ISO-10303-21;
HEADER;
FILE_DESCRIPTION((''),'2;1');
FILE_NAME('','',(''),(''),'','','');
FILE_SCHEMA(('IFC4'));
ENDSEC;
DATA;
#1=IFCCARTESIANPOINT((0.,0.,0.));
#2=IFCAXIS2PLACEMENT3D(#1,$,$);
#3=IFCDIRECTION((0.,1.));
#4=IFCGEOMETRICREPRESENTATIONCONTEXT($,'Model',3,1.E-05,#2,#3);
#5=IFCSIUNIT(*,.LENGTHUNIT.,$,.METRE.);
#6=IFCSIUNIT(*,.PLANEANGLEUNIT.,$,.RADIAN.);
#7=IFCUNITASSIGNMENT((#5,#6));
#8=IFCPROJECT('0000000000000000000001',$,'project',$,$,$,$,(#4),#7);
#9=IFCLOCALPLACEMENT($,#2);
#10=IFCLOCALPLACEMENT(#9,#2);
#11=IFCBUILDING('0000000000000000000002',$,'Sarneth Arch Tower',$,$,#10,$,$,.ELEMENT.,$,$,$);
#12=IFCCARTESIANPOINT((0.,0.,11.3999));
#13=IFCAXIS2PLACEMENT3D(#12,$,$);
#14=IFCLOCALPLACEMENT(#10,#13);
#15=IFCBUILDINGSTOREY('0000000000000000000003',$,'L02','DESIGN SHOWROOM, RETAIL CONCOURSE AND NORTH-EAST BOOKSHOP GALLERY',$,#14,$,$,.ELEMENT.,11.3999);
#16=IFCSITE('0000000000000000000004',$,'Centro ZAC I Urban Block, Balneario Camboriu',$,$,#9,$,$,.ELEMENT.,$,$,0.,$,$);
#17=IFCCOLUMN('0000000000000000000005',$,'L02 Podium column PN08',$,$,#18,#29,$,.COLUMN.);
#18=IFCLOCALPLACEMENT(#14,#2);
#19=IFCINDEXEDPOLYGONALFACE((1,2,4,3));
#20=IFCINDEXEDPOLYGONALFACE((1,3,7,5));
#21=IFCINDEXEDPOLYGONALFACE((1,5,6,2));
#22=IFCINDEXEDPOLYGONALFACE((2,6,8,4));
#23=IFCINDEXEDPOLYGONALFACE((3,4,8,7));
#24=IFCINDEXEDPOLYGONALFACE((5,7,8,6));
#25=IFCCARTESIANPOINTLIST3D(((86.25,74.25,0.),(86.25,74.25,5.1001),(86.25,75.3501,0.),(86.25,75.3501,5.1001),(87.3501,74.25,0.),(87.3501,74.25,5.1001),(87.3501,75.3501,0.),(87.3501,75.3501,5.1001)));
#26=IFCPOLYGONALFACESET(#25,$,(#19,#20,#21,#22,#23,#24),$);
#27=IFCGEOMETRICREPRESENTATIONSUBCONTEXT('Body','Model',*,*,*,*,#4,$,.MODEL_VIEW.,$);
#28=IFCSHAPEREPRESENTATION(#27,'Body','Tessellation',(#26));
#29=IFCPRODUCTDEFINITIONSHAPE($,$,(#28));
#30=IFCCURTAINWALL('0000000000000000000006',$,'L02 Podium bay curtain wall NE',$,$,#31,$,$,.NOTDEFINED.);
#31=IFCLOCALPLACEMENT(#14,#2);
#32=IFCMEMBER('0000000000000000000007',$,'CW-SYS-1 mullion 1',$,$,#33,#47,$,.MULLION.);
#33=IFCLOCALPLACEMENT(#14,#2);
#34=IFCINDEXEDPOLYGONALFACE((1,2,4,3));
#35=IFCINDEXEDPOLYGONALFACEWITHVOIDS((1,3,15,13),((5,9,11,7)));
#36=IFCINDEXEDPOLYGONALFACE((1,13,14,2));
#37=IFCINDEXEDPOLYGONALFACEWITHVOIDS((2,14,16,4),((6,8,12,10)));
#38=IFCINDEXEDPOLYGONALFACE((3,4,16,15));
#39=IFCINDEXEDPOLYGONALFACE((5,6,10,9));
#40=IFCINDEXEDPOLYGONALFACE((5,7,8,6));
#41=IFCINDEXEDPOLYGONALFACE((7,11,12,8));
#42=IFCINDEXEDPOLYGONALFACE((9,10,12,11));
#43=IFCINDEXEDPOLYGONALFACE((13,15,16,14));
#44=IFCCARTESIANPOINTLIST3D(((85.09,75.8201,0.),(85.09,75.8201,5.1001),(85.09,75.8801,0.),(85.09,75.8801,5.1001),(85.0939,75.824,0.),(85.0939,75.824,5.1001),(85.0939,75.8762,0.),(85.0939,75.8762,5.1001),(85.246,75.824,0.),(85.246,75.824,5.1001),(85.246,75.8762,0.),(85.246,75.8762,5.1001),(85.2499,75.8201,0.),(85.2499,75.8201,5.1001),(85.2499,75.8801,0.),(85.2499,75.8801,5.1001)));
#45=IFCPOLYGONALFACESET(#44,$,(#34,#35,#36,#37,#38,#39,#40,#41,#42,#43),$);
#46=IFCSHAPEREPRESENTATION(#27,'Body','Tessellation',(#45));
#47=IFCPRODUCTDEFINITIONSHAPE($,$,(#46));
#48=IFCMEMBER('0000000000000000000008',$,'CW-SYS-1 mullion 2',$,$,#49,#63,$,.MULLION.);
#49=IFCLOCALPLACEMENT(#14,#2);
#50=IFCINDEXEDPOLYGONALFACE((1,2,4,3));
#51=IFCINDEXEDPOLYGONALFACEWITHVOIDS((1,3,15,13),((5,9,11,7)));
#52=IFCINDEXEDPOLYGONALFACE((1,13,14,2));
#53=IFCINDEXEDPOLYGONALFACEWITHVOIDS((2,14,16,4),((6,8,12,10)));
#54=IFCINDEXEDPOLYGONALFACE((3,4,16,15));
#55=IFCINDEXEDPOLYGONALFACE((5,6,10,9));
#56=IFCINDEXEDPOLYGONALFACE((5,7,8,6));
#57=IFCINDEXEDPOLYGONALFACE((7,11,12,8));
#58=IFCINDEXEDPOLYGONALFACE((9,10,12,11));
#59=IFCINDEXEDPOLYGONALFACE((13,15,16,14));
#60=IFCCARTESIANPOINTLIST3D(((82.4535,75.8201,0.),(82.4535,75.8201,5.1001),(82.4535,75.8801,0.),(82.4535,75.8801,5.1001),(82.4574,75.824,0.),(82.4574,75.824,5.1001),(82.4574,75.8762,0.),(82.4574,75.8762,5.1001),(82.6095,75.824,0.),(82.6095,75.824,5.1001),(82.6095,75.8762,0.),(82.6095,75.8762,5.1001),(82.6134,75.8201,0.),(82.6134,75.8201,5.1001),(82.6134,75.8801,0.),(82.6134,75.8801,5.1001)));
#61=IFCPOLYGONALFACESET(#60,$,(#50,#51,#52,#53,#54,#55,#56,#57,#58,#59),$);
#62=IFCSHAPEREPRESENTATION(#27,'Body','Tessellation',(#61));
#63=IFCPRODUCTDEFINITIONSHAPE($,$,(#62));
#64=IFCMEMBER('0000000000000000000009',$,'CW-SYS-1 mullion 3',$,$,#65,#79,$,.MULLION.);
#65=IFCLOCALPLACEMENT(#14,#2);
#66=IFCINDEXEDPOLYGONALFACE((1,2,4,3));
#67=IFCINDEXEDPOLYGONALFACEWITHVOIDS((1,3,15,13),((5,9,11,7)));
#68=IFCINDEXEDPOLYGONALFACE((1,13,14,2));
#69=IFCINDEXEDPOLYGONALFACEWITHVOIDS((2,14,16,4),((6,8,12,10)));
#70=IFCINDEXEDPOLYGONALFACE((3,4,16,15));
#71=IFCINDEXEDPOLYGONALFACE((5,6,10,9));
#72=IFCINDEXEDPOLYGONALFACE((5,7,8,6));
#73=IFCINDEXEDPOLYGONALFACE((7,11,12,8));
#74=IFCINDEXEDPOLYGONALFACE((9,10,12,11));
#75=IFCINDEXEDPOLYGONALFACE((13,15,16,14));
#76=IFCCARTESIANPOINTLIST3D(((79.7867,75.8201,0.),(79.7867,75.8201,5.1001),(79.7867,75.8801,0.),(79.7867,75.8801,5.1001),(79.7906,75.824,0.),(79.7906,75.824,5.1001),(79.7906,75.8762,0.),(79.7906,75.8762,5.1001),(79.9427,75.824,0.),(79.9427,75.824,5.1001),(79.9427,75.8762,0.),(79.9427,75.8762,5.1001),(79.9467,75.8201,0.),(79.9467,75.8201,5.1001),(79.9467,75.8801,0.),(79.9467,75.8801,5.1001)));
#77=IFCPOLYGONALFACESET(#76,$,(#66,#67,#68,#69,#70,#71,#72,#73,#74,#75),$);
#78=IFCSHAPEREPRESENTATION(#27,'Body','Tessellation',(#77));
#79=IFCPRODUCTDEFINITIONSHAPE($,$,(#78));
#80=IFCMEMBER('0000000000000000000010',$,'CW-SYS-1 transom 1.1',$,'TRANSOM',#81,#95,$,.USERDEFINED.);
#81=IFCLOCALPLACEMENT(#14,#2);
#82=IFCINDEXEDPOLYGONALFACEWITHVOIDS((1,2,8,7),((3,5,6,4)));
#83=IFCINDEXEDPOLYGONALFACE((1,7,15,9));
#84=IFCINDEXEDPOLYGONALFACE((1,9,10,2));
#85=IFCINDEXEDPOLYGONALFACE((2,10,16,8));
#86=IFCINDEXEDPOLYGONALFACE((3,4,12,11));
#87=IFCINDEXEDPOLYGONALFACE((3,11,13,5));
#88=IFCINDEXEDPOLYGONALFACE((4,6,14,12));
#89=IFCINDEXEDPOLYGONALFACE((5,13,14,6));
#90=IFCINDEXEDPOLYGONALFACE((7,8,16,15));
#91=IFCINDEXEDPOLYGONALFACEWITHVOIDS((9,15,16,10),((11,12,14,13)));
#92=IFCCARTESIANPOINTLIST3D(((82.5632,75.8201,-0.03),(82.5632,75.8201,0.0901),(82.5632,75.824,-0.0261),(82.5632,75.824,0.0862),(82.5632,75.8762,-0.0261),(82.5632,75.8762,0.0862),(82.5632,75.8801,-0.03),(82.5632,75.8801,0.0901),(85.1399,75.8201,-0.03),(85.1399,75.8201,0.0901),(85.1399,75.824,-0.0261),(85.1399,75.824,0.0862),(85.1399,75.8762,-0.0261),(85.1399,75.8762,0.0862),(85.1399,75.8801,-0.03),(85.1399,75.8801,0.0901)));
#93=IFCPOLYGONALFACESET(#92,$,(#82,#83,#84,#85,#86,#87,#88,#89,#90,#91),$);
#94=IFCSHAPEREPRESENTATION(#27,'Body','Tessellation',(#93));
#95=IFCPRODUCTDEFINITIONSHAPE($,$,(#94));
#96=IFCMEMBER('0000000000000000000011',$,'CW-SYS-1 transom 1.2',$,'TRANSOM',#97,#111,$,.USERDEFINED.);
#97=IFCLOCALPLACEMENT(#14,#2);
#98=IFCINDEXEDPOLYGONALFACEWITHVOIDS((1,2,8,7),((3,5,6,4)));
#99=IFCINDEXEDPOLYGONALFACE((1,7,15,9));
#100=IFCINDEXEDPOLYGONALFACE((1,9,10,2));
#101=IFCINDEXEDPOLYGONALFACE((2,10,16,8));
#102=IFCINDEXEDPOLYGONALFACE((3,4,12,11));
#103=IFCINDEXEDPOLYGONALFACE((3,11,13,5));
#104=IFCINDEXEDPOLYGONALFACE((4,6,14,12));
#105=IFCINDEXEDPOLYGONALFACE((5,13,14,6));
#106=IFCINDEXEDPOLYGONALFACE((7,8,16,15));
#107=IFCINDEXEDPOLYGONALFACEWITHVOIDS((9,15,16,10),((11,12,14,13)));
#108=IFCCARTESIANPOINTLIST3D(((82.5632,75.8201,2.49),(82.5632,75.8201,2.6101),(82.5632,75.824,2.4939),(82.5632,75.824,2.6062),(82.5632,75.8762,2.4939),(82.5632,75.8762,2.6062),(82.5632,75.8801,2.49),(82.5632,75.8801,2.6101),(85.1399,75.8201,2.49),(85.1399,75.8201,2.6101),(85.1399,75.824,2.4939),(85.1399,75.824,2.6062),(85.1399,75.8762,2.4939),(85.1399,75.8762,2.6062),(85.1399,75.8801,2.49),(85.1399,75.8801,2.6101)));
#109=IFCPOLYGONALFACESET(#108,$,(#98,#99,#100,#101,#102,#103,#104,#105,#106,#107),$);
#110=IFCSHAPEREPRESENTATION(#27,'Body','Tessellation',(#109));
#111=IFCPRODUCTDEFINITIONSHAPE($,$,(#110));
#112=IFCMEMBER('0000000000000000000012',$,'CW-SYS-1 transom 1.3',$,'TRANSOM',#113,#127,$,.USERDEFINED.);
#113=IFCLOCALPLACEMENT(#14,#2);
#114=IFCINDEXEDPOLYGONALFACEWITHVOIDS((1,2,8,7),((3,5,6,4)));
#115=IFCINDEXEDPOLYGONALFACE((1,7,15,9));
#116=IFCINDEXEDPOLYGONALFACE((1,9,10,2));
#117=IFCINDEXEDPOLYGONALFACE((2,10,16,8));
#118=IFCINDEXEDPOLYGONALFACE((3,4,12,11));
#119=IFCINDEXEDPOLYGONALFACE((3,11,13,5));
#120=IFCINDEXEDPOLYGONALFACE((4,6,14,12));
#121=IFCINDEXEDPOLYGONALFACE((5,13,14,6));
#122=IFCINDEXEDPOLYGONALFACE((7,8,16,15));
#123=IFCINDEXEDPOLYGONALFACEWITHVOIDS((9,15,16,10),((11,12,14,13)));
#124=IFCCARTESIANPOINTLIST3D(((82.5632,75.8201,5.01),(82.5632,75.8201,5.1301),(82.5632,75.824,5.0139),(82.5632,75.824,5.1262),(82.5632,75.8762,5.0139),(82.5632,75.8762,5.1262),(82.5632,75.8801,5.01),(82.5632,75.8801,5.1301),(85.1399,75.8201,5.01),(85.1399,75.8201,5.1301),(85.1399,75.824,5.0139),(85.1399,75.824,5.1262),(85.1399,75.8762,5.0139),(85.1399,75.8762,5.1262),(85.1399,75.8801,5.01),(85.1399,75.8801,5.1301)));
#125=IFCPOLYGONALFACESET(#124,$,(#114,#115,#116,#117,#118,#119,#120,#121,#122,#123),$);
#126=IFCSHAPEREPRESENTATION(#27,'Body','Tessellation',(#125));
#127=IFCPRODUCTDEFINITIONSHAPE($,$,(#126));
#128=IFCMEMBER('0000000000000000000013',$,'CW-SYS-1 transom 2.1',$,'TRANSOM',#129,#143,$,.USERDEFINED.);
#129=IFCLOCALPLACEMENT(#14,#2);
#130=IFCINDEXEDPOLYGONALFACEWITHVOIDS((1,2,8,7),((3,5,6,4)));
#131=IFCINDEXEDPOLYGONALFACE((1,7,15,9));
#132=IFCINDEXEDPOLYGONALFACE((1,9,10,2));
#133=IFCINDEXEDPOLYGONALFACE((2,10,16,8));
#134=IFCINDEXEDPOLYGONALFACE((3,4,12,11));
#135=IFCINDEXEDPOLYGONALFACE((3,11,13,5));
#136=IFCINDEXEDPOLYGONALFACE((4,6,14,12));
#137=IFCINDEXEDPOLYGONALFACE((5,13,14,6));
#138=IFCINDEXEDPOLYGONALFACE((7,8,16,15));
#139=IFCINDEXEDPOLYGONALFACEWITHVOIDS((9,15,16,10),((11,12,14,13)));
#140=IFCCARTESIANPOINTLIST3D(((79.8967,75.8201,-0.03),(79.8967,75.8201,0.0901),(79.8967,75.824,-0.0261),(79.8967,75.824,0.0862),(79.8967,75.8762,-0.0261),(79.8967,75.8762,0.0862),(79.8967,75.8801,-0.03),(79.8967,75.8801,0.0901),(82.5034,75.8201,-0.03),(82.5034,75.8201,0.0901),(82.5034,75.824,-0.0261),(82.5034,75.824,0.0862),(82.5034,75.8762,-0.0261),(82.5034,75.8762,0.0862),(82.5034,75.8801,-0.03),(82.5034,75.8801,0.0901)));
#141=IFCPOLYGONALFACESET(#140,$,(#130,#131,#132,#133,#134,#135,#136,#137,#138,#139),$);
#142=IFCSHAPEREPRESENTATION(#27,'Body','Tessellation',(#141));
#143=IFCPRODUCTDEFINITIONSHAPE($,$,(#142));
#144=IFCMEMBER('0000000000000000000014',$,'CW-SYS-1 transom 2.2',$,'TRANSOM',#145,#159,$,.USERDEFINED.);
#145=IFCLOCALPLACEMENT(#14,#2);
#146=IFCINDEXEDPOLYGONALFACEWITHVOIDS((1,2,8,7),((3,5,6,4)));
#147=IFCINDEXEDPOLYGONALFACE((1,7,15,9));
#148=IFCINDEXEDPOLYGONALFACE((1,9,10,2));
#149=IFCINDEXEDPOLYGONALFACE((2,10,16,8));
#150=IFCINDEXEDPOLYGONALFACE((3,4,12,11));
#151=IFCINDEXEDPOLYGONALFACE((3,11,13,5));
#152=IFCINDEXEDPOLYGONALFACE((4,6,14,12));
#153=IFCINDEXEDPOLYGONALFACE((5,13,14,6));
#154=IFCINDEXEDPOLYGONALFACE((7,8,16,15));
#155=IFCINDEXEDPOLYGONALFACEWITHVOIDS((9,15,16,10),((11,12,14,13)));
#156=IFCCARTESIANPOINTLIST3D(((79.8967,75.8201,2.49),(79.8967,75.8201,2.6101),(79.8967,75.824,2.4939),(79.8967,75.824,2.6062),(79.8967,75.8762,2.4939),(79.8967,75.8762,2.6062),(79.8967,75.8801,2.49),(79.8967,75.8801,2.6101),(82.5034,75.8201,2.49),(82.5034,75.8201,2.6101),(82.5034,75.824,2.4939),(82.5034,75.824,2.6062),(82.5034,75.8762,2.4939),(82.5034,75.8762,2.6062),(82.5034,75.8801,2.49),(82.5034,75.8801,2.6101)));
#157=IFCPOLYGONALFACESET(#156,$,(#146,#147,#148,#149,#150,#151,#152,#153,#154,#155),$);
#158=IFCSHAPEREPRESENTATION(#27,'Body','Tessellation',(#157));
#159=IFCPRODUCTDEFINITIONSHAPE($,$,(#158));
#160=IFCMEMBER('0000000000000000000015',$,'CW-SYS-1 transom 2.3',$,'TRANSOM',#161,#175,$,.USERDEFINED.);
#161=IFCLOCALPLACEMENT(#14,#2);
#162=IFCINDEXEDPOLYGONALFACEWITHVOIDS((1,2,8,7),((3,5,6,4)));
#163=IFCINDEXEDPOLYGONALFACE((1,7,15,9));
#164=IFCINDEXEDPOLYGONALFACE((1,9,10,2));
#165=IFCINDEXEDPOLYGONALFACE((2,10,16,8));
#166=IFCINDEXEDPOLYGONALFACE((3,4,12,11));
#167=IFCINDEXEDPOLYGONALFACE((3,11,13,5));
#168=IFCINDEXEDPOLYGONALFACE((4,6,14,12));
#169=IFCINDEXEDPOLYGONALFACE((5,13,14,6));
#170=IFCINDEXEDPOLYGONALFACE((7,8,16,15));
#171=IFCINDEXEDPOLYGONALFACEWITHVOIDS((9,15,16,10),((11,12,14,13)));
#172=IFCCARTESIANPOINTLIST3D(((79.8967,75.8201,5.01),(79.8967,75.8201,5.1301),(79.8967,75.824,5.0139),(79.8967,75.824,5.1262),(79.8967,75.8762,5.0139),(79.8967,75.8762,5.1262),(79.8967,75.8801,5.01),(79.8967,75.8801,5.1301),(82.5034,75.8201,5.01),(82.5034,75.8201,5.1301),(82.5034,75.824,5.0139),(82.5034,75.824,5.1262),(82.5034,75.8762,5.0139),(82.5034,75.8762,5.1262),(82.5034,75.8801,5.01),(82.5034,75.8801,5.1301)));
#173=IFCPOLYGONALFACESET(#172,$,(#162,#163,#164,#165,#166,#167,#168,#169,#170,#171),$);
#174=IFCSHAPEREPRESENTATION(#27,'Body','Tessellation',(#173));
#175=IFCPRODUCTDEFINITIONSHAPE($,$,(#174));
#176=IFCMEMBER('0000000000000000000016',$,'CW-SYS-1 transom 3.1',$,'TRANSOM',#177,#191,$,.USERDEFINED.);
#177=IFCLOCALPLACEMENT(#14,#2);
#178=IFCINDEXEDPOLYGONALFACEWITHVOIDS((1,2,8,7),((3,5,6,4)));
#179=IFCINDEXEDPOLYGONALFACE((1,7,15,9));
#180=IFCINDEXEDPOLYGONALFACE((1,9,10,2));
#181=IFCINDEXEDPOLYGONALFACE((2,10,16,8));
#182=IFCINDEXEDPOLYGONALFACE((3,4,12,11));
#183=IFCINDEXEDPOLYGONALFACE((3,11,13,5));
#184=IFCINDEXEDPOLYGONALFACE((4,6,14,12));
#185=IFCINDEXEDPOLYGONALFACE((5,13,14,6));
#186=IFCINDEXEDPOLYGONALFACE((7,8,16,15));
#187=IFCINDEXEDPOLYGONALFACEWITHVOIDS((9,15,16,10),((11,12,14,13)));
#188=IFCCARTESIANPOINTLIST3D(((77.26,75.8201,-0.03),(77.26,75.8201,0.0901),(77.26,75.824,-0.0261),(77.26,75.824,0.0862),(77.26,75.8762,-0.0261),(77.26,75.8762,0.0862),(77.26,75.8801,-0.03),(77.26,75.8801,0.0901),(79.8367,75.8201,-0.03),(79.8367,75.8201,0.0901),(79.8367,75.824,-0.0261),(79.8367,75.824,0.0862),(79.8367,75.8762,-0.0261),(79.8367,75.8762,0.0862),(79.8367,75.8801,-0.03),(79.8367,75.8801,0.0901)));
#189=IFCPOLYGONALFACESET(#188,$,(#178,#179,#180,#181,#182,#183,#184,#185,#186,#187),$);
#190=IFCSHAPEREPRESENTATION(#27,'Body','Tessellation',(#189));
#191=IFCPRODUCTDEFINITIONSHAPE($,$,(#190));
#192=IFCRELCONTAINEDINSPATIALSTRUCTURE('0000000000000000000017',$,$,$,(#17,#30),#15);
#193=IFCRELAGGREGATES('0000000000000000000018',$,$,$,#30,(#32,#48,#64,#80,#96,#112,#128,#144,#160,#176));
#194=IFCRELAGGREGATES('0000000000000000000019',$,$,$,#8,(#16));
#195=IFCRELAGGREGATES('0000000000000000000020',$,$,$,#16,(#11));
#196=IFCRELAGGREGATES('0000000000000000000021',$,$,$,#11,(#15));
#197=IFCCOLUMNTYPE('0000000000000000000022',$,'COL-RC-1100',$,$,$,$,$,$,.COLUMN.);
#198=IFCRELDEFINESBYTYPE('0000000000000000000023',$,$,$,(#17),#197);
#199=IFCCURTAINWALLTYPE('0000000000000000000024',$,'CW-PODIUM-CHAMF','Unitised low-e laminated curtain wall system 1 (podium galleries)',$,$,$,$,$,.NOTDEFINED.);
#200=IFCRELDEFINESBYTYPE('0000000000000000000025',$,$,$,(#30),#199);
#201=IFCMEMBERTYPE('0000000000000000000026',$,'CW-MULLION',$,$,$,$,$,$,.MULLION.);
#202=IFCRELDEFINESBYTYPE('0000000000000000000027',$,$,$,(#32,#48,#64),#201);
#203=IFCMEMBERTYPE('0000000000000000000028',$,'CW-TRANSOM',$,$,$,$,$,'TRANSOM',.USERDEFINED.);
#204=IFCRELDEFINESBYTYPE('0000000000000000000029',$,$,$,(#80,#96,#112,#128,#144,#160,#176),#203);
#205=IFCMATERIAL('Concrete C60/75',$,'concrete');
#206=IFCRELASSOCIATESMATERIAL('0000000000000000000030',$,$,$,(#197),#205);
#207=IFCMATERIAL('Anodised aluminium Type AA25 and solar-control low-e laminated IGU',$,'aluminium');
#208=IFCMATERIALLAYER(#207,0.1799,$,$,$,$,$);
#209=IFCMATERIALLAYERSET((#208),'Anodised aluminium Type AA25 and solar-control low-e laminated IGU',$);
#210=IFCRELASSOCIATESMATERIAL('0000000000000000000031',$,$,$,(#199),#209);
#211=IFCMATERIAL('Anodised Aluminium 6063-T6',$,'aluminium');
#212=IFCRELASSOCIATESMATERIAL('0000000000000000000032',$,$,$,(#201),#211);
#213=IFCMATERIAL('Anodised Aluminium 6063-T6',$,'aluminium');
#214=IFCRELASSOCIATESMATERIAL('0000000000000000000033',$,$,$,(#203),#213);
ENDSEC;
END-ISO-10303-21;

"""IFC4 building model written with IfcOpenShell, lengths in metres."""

from ifc_helpers import new_model, si_unit, direction, frame, origin, origin_2d, place, context, subcontext, project, spatial, rectangle, hollow_rectangle, extrude, material, layer, layer_set, material_profile, profile_set, type_object, element, aggregate, save


model = new_model("IFC4")

# Units and contexts
model_context = context("Model", 3, precision=1e-05, world=origin(), true_north=direction((0.0, 1.0)))
body_context = subcontext(model_context, "Body", "Model", "MODEL_VIEW")
ifc_project = project(units=[si_unit("LENGTHUNIT", "METRE"), si_unit("PLANEANGLEUNIT", "RADIAN")], contexts=[model_context])

# Site, building, storey
site_placement = place(None, origin())
site = spatial("IfcSite", under=ifc_project, at=site_placement, Name="Centro ZAC I Urban Block, Balneario Camboriu", CompositionType="ELEMENT", RefElevation=0.0)
building_placement = place(site_placement, origin())
building = spatial("IfcBuilding", under=site, at=building_placement, Name="Sarneth Arch Tower", CompositionType="ELEMENT")
storey_placement = place(building_placement, frame((0.0, 0.0, 11.3999)))
storey = spatial("IfcBuildingStorey", under=building, at=storey_placement, Name="L02", Description="DESIGN SHOWROOM, RETAIL CONCOURSE AND NORTH-EAST BOOKSHOP GALLERY", CompositionType="ELEMENT", Elevation=11.3999)

# Column
ifc_material_1 = material(Name="Concrete C60/75", Category="concrete")
ifc_material_profile_1 = material_profile(ifc_material_1, rectangle(XDim=1.1001, YDim=1.1001, at=origin_2d()), Name="RC-1100x1100")
ifc_profile_set_1 = profile_set([ifc_material_profile_1], Name="Concrete C60/75")
column_type = type_object("IfcColumnType", Name="COL-RC-1100", PredefinedType="COLUMN", material=ifc_profile_set_1)
column_placement = place(storey_placement, frame((86.8, 74.8, 0.0), z_axis=(0.0, 0.0, 1.0), x_axis=(1.0, 0.0, 0.0)))
element("IfcColumn", 1, at=column_placement, inside=storey, type_object=column_type, Name="L02 Podium column PN08", PredefinedType="COLUMN", context=body_context, shape_type="SweptSolid", body=[
    extrude(rectangle(XDim=1.1001, YDim=1.1001, at=origin_2d()), origin(), (0.0, 0.0, 1.0), 5.1001),
])

# Curtain wall, members
ifc_material_2 = material(Name="Anodised aluminium Type AA25 and solar-control low-e laminated IGU", Category="aluminium")
ifc_layer_1 = layer(ifc_material_2, 0.1799)
ifc_layer_set_1 = layer_set([ifc_layer_1], Name="Anodised aluminium Type AA25 and solar-control low-e laminated IGU")
curtain_wall_type = type_object("IfcCurtainWallType", Name="CW-PODIUM-CHAMF", Description="Unitised low-e laminated curtain wall system 1 (podium galleries)", PredefinedType="NOTDEFINED", material=ifc_layer_set_1)
curtain_wall_placement = place(storey_placement, origin())
curtain_wall = element("IfcCurtainWall", 2, at=curtain_wall_placement, inside=storey, type_object=curtain_wall_type, Name="L02 Podium bay curtain wall NE", PredefinedType="NOTDEFINED")
ifc_material_3 = material(Name="Anodised Aluminium 6063-T6", Category="aluminium")
ifc_material_profile_2 = material_profile(ifc_material_3, hollow_rectangle(XDim=0.0601, YDim=0.1599, WallThickness=0.0039, at=origin_2d()), Name="AL-MULL-160x60x4")
ifc_profile_set_2 = profile_set([ifc_material_profile_2], Name="Anodised Aluminium 6063-T6")
member_type_1 = type_object("IfcMemberType", Name="CW-MULLION", PredefinedType="MULLION", material=ifc_profile_set_2)
member_1_placement = place(storey_placement, frame((85.1699, 75.8501, 0.0), z_axis=(0.0, 0.0, 1.0), x_axis=(0.0, -1.0, 0.0)))
member_1 = element("IfcMember", 3, at=member_1_placement, type_object=member_type_1, Name="CW-SYS-1 mullion 1", PredefinedType="MULLION", context=body_context, shape_type="SweptSolid", body=[
    extrude(hollow_rectangle(XDim=0.0601, YDim=0.1599, WallThickness=0.0039, at=origin_2d()), origin(), (0.0, 0.0, 1.0), 5.1001),
])
member_2_placement = place(storey_placement, frame((82.5334, 75.8501, 0.0), z_axis=(0.0, 0.0, 1.0), x_axis=(0.0, -1.0, 0.0)))
member_2 = element("IfcMember", 4, at=member_2_placement, type_object=member_type_1, Name="CW-SYS-1 mullion 2", PredefinedType="MULLION", context=body_context, shape_type="SweptSolid", body=[
    extrude(hollow_rectangle(XDim=0.0601, YDim=0.1599, WallThickness=0.0039, at=origin_2d()), origin(), (0.0, 0.0, 1.0), 5.1001),
])
member_3_placement = place(storey_placement, frame((79.8667, 75.8501, 0.0), z_axis=(0.0, 0.0, 1.0), x_axis=(0.0, -1.0, 0.0)))
member_3 = element("IfcMember", 5, at=member_3_placement, type_object=member_type_1, Name="CW-SYS-1 mullion 3", PredefinedType="MULLION", context=body_context, shape_type="SweptSolid", body=[
    extrude(hollow_rectangle(XDim=0.0601, YDim=0.1599, WallThickness=0.0039, at=origin_2d()), origin(), (0.0, 0.0, 1.0), 5.1001),
])
ifc_material_4 = material(Name="Anodised Aluminium 6063-T6", Category="aluminium")
ifc_material_profile_3 = material_profile(ifc_material_4, hollow_rectangle(XDim=0.0601, YDim=0.1201, WallThickness=0.0039, at=origin_2d()), Name="AL-TRAN-120x60x4")
ifc_profile_set_3 = profile_set([ifc_material_profile_3], Name="Anodised Aluminium 6063-T6")
member_type_2 = type_object("IfcMemberType", Name="CW-TRANSOM", ElementType="TRANSOM", PredefinedType="USERDEFINED", material=ifc_profile_set_3)
member_4_placement = place(storey_placement, frame((85.1399, 75.8501, 0.03), z_axis=(-1.0, 0.0, 0.0), x_axis=(0.0, -1.0, 0.0)))
member_4 = element("IfcMember", 6, at=member_4_placement, type_object=member_type_2, Name="CW-SYS-1 transom 1.1", ObjectType="TRANSOM", PredefinedType="USERDEFINED", context=body_context, shape_type="SweptSolid", body=[
    extrude(hollow_rectangle(XDim=0.0601, YDim=0.1201, WallThickness=0.0039, at=origin_2d()), origin(), (0.0, 0.0, 1.0), 2.5767),
])
member_5_placement = place(storey_placement, frame((85.1399, 75.8501, 2.55), z_axis=(-1.0, 0.0, 0.0), x_axis=(0.0, -1.0, 0.0)))
member_5 = element("IfcMember", 7, at=member_5_placement, type_object=member_type_2, Name="CW-SYS-1 transom 1.2", ObjectType="TRANSOM", PredefinedType="USERDEFINED", context=body_context, shape_type="SweptSolid", body=[
    extrude(hollow_rectangle(XDim=0.0601, YDim=0.1201, WallThickness=0.0039, at=origin_2d()), origin(), (0.0, 0.0, 1.0), 2.5767),
])
member_6_placement = place(storey_placement, frame((85.1399, 75.8501, 5.0701), z_axis=(-1.0, 0.0, 0.0), x_axis=(0.0, -1.0, 0.0)))
member_6 = element("IfcMember", 8, at=member_6_placement, type_object=member_type_2, Name="CW-SYS-1 transom 1.3", ObjectType="TRANSOM", PredefinedType="USERDEFINED", context=body_context, shape_type="SweptSolid", body=[
    extrude(hollow_rectangle(XDim=0.0601, YDim=0.1201, WallThickness=0.0039, at=origin_2d()), origin(), (0.0, 0.0, 1.0), 2.5767),
])
member_7_placement = place(storey_placement, frame((82.5034, 75.8501, 0.03), z_axis=(-1.0, 0.0, 0.0), x_axis=(0.0, -1.0, 0.0)))
member_7 = element("IfcMember", 9, at=member_7_placement, type_object=member_type_2, Name="CW-SYS-1 transom 2.1", ObjectType="TRANSOM", PredefinedType="USERDEFINED", context=body_context, shape_type="SweptSolid", body=[
    extrude(hollow_rectangle(XDim=0.0601, YDim=0.1201, WallThickness=0.0039, at=origin_2d()), origin(), (0.0, 0.0, 1.0), 2.6067),
])
member_8_placement = place(storey_placement, frame((82.5034, 75.8501, 2.55), z_axis=(-1.0, 0.0, 0.0), x_axis=(0.0, -1.0, 0.0)))
member_8 = element("IfcMember", 10, at=member_8_placement, type_object=member_type_2, Name="CW-SYS-1 transom 2.2", ObjectType="TRANSOM", PredefinedType="USERDEFINED", context=body_context, shape_type="SweptSolid", body=[
    extrude(hollow_rectangle(XDim=0.0601, YDim=0.1201, WallThickness=0.0039, at=origin_2d()), origin(), (0.0, 0.0, 1.0), 2.6067),
])
member_9_placement = place(storey_placement, frame((82.5034, 75.8501, 5.0701), z_axis=(-1.0, 0.0, 0.0), x_axis=(0.0, -1.0, 0.0)))
member_9 = element("IfcMember", 11, at=member_9_placement, type_object=member_type_2, Name="CW-SYS-1 transom 2.3", ObjectType="TRANSOM", PredefinedType="USERDEFINED", context=body_context, shape_type="SweptSolid", body=[
    extrude(hollow_rectangle(XDim=0.0601, YDim=0.1201, WallThickness=0.0039, at=origin_2d()), origin(), (0.0, 0.0, 1.0), 2.6067),
])
member_10_placement = place(storey_placement, frame((79.8367, 75.8501, 0.03), z_axis=(-1.0, 0.0, 0.0), x_axis=(0.0, -1.0, 0.0)))
member_10 = element("IfcMember", 12, at=member_10_placement, type_object=member_type_2, Name="CW-SYS-1 transom 3.1", ObjectType="TRANSOM", PredefinedType="USERDEFINED", context=body_context, shape_type="SweptSolid", body=[
    extrude(hollow_rectangle(XDim=0.0601, YDim=0.1201, WallThickness=0.0039, at=origin_2d()), origin(), (0.0, 0.0, 1.0), 2.5767),
])
aggregate(curtain_wall, [member_1, member_2, member_3, member_4, member_5, member_6, member_7, member_8, member_9, member_10])

save(model, "model.ifc")
